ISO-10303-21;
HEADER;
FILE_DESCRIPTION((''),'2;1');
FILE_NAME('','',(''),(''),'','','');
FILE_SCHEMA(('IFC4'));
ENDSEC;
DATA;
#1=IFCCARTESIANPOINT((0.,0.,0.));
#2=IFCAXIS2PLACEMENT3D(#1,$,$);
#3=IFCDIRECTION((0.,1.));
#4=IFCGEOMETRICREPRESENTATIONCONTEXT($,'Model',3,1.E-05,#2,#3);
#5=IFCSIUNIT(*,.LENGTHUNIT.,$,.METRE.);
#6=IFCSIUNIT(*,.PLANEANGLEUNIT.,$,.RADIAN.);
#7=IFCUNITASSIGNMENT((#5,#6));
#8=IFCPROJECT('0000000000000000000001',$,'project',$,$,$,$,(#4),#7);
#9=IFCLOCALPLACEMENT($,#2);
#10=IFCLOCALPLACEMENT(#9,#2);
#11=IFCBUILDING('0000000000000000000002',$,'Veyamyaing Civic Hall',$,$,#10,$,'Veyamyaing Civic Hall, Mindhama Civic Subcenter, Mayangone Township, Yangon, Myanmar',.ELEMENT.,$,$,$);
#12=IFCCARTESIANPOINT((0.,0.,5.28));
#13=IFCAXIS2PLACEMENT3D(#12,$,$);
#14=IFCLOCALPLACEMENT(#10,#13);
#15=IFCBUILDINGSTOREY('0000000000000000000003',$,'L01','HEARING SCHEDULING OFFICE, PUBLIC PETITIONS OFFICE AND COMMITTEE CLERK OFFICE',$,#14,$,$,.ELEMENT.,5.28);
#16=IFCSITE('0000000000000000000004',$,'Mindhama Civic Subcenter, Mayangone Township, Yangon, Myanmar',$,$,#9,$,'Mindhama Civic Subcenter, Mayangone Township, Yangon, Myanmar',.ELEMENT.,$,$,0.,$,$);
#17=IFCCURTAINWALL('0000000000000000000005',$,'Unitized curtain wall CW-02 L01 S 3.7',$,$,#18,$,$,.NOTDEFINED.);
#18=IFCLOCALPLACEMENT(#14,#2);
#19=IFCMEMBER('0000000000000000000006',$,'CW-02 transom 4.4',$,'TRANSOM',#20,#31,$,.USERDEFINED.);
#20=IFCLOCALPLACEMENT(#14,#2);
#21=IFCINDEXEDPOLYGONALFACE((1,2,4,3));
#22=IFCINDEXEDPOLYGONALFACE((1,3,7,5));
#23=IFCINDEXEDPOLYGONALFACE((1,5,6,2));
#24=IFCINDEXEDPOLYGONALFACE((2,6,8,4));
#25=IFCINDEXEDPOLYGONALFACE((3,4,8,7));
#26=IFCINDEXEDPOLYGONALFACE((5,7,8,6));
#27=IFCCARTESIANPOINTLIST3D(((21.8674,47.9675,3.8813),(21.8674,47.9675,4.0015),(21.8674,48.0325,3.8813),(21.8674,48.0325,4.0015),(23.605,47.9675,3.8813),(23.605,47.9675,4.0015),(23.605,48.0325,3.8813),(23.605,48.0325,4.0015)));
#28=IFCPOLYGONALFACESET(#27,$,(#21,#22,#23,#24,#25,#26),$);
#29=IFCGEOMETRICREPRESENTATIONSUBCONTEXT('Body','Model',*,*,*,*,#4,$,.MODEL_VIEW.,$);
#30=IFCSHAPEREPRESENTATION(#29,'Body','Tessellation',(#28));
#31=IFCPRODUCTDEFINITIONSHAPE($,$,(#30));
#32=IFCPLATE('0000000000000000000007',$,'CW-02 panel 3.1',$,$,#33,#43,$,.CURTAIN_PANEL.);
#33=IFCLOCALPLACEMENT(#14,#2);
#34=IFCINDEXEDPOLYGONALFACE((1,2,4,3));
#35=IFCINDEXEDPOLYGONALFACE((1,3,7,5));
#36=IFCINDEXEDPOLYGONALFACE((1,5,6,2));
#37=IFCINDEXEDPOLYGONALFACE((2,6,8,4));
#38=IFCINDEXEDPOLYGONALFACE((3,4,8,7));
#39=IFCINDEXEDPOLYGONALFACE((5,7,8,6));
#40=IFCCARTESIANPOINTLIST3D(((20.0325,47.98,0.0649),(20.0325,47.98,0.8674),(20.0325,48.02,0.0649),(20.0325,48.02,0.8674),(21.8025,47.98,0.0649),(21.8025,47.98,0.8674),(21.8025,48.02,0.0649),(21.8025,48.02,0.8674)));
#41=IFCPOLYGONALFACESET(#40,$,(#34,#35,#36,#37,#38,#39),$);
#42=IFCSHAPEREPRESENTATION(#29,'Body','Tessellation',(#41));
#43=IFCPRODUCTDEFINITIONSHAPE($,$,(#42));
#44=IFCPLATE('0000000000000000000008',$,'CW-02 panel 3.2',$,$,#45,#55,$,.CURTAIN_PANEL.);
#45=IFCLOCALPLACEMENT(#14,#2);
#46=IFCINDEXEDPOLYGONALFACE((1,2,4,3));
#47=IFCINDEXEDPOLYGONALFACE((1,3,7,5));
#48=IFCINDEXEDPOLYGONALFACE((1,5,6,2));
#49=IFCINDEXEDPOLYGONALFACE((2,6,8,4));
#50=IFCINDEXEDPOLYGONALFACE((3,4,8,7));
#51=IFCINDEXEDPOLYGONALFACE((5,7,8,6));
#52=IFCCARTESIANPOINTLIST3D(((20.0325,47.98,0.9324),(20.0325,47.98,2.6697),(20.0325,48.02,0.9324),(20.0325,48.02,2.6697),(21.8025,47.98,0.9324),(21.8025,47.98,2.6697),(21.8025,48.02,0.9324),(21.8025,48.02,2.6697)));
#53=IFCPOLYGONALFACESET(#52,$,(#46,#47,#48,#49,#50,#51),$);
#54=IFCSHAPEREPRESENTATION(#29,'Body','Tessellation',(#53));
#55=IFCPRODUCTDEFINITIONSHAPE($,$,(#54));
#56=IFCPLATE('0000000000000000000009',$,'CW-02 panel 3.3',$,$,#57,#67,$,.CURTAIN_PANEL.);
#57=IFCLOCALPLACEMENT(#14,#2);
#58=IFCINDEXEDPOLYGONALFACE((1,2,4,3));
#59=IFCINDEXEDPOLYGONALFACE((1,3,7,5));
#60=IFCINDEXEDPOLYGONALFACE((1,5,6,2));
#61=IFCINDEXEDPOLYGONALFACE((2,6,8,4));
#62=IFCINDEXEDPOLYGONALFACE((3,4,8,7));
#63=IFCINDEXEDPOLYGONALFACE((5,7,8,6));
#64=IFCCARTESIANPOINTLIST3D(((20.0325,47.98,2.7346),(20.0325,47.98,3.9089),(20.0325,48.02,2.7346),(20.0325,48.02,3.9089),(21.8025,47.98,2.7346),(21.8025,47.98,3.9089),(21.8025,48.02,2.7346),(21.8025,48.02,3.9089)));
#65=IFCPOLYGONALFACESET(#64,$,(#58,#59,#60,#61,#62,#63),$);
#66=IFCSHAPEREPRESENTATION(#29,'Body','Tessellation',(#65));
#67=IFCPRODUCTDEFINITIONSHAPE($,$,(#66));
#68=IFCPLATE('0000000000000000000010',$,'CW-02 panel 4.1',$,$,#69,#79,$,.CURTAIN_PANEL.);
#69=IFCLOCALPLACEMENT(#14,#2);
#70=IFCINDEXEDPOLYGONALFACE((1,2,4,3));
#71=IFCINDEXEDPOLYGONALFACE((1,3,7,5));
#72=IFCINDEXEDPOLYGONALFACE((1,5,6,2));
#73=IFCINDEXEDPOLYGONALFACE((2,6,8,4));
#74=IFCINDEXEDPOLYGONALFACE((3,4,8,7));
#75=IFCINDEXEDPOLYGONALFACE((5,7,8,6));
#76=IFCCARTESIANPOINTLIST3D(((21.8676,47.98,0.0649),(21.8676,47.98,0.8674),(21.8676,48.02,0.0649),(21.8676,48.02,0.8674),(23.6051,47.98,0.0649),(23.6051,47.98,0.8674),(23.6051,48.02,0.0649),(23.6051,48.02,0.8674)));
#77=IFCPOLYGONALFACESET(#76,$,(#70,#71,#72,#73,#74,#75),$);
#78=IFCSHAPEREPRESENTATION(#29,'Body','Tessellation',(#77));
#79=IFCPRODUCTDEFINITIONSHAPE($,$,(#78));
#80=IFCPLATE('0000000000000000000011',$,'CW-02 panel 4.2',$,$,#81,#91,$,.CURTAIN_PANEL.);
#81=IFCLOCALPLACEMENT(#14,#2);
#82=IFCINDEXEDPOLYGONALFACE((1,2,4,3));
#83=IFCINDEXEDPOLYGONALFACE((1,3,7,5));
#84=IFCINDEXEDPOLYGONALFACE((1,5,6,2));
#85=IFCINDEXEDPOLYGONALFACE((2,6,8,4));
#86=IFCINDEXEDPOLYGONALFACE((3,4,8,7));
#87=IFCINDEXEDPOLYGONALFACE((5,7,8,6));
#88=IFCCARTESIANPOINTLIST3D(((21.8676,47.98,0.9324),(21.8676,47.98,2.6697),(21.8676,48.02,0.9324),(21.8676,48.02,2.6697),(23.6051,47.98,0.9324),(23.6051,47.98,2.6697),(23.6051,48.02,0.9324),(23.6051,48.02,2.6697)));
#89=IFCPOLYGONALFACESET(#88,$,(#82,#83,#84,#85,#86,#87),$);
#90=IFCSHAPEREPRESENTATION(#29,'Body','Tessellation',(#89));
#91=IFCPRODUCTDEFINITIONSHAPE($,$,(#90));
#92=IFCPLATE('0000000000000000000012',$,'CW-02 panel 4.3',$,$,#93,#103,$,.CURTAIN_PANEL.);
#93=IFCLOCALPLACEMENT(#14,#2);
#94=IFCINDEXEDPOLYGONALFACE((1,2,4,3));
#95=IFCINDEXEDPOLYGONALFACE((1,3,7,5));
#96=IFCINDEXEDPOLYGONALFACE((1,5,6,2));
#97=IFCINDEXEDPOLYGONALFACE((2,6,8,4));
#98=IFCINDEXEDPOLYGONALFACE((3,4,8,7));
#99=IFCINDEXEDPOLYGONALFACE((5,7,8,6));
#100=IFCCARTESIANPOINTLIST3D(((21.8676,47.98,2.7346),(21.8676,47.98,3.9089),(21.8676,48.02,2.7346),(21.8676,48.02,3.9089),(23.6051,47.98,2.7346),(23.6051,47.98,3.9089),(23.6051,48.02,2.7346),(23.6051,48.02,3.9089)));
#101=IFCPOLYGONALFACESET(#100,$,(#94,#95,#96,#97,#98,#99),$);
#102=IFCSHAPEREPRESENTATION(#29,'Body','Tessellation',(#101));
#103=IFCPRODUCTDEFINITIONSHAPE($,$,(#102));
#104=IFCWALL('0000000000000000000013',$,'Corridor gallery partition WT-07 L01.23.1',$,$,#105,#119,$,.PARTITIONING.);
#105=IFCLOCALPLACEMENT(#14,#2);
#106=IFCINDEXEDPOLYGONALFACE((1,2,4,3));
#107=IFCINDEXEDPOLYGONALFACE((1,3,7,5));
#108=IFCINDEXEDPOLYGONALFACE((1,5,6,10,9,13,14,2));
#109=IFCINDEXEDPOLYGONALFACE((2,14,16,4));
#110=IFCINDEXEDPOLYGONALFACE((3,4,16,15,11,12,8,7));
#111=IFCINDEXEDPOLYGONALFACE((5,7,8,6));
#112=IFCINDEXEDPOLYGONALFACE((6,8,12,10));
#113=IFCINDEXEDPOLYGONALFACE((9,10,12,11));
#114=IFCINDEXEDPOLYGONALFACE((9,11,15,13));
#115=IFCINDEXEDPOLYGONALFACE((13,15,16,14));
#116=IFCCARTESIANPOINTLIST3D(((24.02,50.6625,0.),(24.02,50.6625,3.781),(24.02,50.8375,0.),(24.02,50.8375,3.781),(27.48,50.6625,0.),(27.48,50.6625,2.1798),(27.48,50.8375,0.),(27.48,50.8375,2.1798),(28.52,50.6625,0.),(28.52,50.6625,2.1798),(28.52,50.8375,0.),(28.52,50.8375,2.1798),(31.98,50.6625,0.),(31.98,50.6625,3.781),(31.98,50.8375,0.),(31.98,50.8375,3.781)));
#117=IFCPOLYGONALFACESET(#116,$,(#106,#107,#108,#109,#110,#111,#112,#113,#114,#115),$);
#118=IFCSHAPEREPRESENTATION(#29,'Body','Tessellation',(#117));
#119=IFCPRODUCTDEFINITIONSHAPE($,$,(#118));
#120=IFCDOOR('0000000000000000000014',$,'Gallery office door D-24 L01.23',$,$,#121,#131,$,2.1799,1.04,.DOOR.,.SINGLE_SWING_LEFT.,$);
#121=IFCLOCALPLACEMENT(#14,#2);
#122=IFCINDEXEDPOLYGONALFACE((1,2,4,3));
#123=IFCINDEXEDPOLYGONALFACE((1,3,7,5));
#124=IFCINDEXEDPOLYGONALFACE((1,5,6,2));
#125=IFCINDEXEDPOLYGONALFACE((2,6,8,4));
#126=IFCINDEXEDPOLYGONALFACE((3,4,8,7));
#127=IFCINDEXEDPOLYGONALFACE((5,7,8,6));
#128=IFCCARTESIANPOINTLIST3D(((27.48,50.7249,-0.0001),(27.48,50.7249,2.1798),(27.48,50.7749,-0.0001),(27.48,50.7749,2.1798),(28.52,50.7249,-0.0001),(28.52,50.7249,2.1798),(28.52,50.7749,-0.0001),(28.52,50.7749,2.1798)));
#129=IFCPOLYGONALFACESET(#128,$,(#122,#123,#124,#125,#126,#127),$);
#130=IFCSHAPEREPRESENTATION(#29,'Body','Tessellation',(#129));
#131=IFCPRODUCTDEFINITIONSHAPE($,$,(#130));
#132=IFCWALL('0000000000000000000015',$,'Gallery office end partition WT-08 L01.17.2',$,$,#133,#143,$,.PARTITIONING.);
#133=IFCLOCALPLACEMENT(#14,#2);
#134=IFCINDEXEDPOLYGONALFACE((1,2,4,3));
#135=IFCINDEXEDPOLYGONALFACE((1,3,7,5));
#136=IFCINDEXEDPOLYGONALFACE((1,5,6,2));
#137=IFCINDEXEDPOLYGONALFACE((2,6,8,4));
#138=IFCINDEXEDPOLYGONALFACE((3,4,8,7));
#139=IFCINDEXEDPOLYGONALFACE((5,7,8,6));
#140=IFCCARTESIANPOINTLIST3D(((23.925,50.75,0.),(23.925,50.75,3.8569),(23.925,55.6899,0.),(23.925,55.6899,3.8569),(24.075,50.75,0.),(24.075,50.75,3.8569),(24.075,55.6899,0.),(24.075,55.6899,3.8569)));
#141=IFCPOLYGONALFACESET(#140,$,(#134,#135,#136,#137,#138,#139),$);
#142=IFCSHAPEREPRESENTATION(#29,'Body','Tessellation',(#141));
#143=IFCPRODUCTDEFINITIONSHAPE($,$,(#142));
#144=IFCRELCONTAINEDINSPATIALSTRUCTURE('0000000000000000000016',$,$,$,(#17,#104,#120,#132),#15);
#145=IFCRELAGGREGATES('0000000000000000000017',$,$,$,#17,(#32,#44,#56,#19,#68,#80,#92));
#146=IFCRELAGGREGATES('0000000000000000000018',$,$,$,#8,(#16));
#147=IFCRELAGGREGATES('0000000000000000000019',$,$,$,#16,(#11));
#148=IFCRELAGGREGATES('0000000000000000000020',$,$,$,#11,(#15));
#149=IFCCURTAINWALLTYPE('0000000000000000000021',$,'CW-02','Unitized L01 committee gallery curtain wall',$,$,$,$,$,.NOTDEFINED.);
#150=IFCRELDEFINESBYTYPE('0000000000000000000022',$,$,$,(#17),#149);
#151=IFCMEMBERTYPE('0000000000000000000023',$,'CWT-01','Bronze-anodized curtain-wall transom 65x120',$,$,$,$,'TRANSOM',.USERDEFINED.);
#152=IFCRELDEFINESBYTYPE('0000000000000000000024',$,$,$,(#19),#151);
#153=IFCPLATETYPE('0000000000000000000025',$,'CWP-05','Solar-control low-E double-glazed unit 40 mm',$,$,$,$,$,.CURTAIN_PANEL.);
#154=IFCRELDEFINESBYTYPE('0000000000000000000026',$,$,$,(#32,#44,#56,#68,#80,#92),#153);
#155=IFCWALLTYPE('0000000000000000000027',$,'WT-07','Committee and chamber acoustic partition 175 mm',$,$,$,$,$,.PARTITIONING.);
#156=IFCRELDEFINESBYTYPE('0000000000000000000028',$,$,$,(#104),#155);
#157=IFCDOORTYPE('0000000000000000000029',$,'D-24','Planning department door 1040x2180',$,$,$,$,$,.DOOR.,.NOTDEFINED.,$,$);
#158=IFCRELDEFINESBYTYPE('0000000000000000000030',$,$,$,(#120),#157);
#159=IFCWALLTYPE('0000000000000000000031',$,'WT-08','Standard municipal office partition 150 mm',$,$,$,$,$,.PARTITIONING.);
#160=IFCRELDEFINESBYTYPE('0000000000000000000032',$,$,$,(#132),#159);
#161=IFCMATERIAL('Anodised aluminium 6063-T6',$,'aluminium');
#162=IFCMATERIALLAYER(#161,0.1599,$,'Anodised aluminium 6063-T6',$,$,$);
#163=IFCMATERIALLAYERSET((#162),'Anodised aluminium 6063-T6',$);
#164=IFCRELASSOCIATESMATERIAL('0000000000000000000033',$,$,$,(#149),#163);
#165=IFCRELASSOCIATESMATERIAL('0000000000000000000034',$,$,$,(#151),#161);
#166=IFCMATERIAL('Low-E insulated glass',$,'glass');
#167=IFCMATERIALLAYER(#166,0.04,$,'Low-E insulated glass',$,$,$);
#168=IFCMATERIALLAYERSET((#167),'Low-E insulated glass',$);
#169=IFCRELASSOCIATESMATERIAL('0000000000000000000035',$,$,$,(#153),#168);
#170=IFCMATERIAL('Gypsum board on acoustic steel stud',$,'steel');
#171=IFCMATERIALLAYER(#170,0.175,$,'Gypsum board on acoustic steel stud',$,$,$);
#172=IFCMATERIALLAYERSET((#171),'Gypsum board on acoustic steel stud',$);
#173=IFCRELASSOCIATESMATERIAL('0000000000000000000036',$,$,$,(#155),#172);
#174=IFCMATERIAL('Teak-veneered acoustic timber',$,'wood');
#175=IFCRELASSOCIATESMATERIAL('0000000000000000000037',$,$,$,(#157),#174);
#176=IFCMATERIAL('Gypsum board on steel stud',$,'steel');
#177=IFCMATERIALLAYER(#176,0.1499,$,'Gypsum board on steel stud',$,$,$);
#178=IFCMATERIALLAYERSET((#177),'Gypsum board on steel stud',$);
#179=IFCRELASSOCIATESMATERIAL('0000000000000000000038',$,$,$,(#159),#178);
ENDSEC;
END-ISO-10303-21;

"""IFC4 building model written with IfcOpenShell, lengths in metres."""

from ifc_helpers import new_model, si_unit, direction, frame, frame_2d, origin, origin_2d, place, context, subcontext, project, spatial, rectangle, extrude, material, layer, layer_set, material_profile, profile_set, type_object, element, fill, aggregate, save


model = new_model("IFC4")

# Units and contexts
model_context = context("Model", 3, precision=1e-05, world=origin(), true_north=direction((0.0, 1.0)))
body_context = subcontext(model_context, "Body", "Model", "MODEL_VIEW")
ifc_project = project(units=[si_unit("LENGTHUNIT", "METRE"), si_unit("PLANEANGLEUNIT", "RADIAN")], contexts=[model_context])

# Site, building, storey
site_placement = place(None, origin())
site = spatial("IfcSite", under=ifc_project, at=site_placement, Name="Mindhama Civic Subcenter, Mayangone Township, Yangon, Myanmar", LongName="Mindhama Civic Subcenter, Mayangone Township, Yangon, Myanmar", CompositionType="ELEMENT", RefElevation=0.0)
building_placement = place(site_placement, origin())
building = spatial("IfcBuilding", under=site, at=building_placement, Name="Veyamyaing Civic Hall", LongName="Veyamyaing Civic Hall, Mindhama Civic Subcenter, Mayangone Township, Yangon, Myanmar", CompositionType="ELEMENT")
storey_placement = place(building_placement, frame((0.0, 0.0, 5.28)))
storey = spatial("IfcBuildingStorey", under=building, at=storey_placement, Name="L01", Description="HEARING SCHEDULING OFFICE, PUBLIC PETITIONS OFFICE AND COMMITTEE CLERK OFFICE", CompositionType="ELEMENT", Elevation=5.28)

# Curtain wall, member, plates
ifc_material_1 = material(Name="Anodised aluminium 6063-T6", Category="aluminium")
ifc_layer_1 = layer(ifc_material_1, 0.1599, Name="Anodised aluminium 6063-T6")
ifc_layer_set_1 = layer_set([ifc_layer_1], Name="Anodised aluminium 6063-T6")
curtain_wall_type = type_object("IfcCurtainWallType", Name="CW-02", Description="Unitized L01 committee gallery curtain wall", PredefinedType="NOTDEFINED", material=ifc_layer_set_1)
curtain_wall_placement = place(storey_placement, origin())
curtain_wall = element("IfcCurtainWall", 1, at=curtain_wall_placement, inside=storey, type_object=curtain_wall_type, Name="Unitized curtain wall CW-02 L01 S 3.7", PredefinedType="NOTDEFINED")
ifc_material_profile_1 = material_profile(ifc_material_1, rectangle(XDim=0.0649, YDim=0.1201, at=origin_2d()), Name="ALU-TRN-65X120")
ifc_profile_set_1 = profile_set([ifc_material_profile_1], Name="Anodised aluminium 6063-T6")
member_type_1 = type_object("IfcMemberType", Name="CWT-01", Description="Bronze-anodized curtain-wall transom 65x120", ElementType="TRANSOM", PredefinedType="USERDEFINED", material=ifc_profile_set_1)
member_1_placement = place(storey_placement, frame((21.8674, 48.0, 3.9414), z_axis=(1.0, 0.0, 0.0), x_axis=(0.0, 1.0, 0.0)))
member_1 = element("IfcMember", 2, at=member_1_placement, type_object=member_type_1, Name="CW-02 transom 4.4", ObjectType="TRANSOM", PredefinedType="USERDEFINED", context=body_context, shape_type="SweptSolid", body=[
    extrude(rectangle(XDim=0.0649, YDim=0.1201, at=origin_2d()), origin(), (0.0, 0.0, 1.0), 1.7375),
])
ifc_material_2 = material(Name="Low-E insulated glass", Category="glass")
ifc_layer_2 = layer(ifc_material_2, 0.04, Name="Low-E insulated glass")
ifc_layer_set_2 = layer_set([ifc_layer_2], Name="Low-E insulated glass")
plate_type = type_object("IfcPlateType", Name="CWP-05", Description="Solar-control low-E double-glazed unit 40 mm", PredefinedType="CURTAIN_PANEL", material=ifc_layer_set_2)
plate_1_placement = place(storey_placement, frame((20.9175, 48.0, 0.0649), z_axis=(0.0, 0.0, 1.0), x_axis=(1.0, 0.0, 0.0)))
plate_1 = element("IfcPlate", 3, at=plate_1_placement, type_object=plate_type, Name="CW-02 panel 3.1", PredefinedType="CURTAIN_PANEL", context=body_context, shape_type="SweptSolid", body=[
    extrude(rectangle(XDim=1.77, YDim=0.04, at=origin_2d()), origin(), (0.0, 0.0, 1.0), 0.8025),
])
plate_2_placement = place(storey_placement, frame((20.9175, 48.0, 0.9324), z_axis=(0.0, 0.0, 1.0), x_axis=(1.0, 0.0, 0.0)))
plate_2 = element("IfcPlate", 4, at=plate_2_placement, type_object=plate_type, Name="CW-02 panel 3.2", PredefinedType="CURTAIN_PANEL", context=body_context, shape_type="SweptSolid", body=[
    extrude(rectangle(XDim=1.77, YDim=0.04, at=origin_2d()), origin(), (0.0, 0.0, 1.0), 1.7373),
])
plate_3_placement = place(storey_placement, frame((20.9175, 48.0, 2.7346), z_axis=(0.0, 0.0, 1.0), x_axis=(1.0, 0.0, 0.0)))
plate_3 = element("IfcPlate", 5, at=plate_3_placement, type_object=plate_type, Name="CW-02 panel 3.3", PredefinedType="CURTAIN_PANEL", context=body_context, shape_type="SweptSolid", body=[
    extrude(rectangle(XDim=1.77, YDim=0.04, at=origin_2d()), origin(), (0.0, 0.0, 1.0), 1.1743),
])
plate_4_placement = place(storey_placement, frame((22.7363, 48.0, 0.0649), z_axis=(0.0, 0.0, 1.0), x_axis=(1.0, 0.0, 0.0)))
plate_4 = element("IfcPlate", 6, at=plate_4_placement, type_object=plate_type, Name="CW-02 panel 4.1", PredefinedType="CURTAIN_PANEL", context=body_context, shape_type="SweptSolid", body=[
    extrude(rectangle(XDim=1.7375, YDim=0.04, at=origin_2d()), origin(), (0.0, 0.0, 1.0), 0.8025),
])
plate_5_placement = place(storey_placement, frame((22.7363, 48.0, 0.9324), z_axis=(0.0, 0.0, 1.0), x_axis=(1.0, 0.0, 0.0)))
plate_5 = element("IfcPlate", 7, at=plate_5_placement, type_object=plate_type, Name="CW-02 panel 4.2", PredefinedType="CURTAIN_PANEL", context=body_context, shape_type="SweptSolid", body=[
    extrude(rectangle(XDim=1.7375, YDim=0.04, at=origin_2d()), origin(), (0.0, 0.0, 1.0), 1.7373),
])
plate_6_placement = place(storey_placement, frame((22.7363, 48.0, 2.7346), z_axis=(0.0, 0.0, 1.0), x_axis=(1.0, 0.0, 0.0)))
plate_6 = element("IfcPlate", 8, at=plate_6_placement, type_object=plate_type, Name="CW-02 panel 4.3", PredefinedType="CURTAIN_PANEL", context=body_context, shape_type="SweptSolid", body=[
    extrude(rectangle(XDim=1.7375, YDim=0.04, at=origin_2d()), origin(), (0.0, 0.0, 1.0), 1.1743),
])
aggregate(curtain_wall, [plate_1, plate_2, plate_3, member_1, plate_4, plate_5, plate_6])

# Wall, opening, door
ifc_material_3 = material(Name="Gypsum board on acoustic steel stud", Category="steel")
ifc_layer_3 = layer(ifc_material_3, 0.175, Name="Gypsum board on acoustic steel stud")
ifc_layer_set_3 = layer_set([ifc_layer_3], Name="Gypsum board on acoustic steel stud")
wall_type_1 = type_object("IfcWallType", Name="WT-07", Description="Committee and chamber acoustic partition 175 mm", PredefinedType="PARTITIONING", material=ifc_layer_set_3)
wall_1_placement = place(storey_placement, frame((24.02, 50.75, 0.0), z_axis=(0.0, 0.0, 1.0), x_axis=(1.0, 0.0, 0.0)))
wall_1 = element("IfcWall", 9, at=wall_1_placement, inside=storey, type_object=wall_type_1, Name="Corridor gallery partition WT-07 L01.23.1", PredefinedType="PARTITIONING", context=body_context, shape_type="SweptSolid", body=[
    extrude(rectangle(XDim=7.96, YDim=0.175, at=frame_2d((3.98, 0.0))), origin(), (0.0, 0.0, 1.0), 3.781),
])
opening_placement = place(wall_1_placement, frame((3.46, 0.0, 0.0)))
opening = element("IfcOpeningElement", 10, at=opening_placement, cuts=wall_1, PredefinedType="OPENING", context=body_context, shape_type="SweptSolid", body=[
    extrude(rectangle(XDim=1.04, YDim=2.1799, at=frame_2d((0.52, 1.0898))), frame((0.0, 0.0974, 0.0), z_axis=(0.0, -1.0, 0.0), x_axis=(1.0, 0.0, 0.0)), (0.0, 0.0, 1.0), 0.1951),
])
ifc_material_4 = material(Name="Teak-veneered acoustic timber", Category="wood")
door_type = type_object("IfcDoorType", Name="D-24", Description="Planning department door 1040x2180", OperationType="NOTDEFINED", PredefinedType="DOOR", material=ifc_material_4)
door_placement = place(opening_placement, origin())
door = element("IfcDoor", 11, at=door_placement, inside=storey, type_object=door_type, Name="Gallery office door D-24 L01.23", OperationType="SINGLE_SWING_LEFT", OverallHeight=2.1799, OverallWidth=1.04, PredefinedType="DOOR", context=body_context, shape_type="SweptSolid", body=[
    extrude(rectangle(XDim=1.04, YDim=2.1799, at=frame_2d((0.52, 1.0898))), frame((0.0, 0.0249, 0.0), z_axis=(0.0, -1.0, 0.0), x_axis=(1.0, 0.0, 0.0)), (0.0, 0.0, 1.0), 0.05),
])
fill(opening, door)

# Wall
ifc_material_5 = material(Name="Gypsum board on steel stud", Category="steel")
ifc_layer_4 = layer(ifc_material_5, 0.1499, Name="Gypsum board on steel stud")
ifc_layer_set_4 = layer_set([ifc_layer_4], Name="Gypsum board on steel stud")
wall_type_2 = type_object("IfcWallType", Name="WT-08", Description="Standard municipal office partition 150 mm", PredefinedType="PARTITIONING", material=ifc_layer_set_4)
wall_2_placement = place(storey_placement, frame((24.0, 50.75, 0.0), z_axis=(0.0, 0.0, 1.0), x_axis=(0.0, 1.0, 0.0)))
element("IfcWall", 12, at=wall_2_placement, inside=storey, type_object=wall_type_2, Name="Gallery office end partition WT-08 L01.17.2", PredefinedType="PARTITIONING", context=body_context, shape_type="SweptSolid", body=[
    extrude(rectangle(XDim=4.9399, YDim=0.1499, at=frame_2d((2.47, 0.0))), origin(), (0.0, 0.0, 1.0), 3.8569),
])

save(model, "model.ifc")
